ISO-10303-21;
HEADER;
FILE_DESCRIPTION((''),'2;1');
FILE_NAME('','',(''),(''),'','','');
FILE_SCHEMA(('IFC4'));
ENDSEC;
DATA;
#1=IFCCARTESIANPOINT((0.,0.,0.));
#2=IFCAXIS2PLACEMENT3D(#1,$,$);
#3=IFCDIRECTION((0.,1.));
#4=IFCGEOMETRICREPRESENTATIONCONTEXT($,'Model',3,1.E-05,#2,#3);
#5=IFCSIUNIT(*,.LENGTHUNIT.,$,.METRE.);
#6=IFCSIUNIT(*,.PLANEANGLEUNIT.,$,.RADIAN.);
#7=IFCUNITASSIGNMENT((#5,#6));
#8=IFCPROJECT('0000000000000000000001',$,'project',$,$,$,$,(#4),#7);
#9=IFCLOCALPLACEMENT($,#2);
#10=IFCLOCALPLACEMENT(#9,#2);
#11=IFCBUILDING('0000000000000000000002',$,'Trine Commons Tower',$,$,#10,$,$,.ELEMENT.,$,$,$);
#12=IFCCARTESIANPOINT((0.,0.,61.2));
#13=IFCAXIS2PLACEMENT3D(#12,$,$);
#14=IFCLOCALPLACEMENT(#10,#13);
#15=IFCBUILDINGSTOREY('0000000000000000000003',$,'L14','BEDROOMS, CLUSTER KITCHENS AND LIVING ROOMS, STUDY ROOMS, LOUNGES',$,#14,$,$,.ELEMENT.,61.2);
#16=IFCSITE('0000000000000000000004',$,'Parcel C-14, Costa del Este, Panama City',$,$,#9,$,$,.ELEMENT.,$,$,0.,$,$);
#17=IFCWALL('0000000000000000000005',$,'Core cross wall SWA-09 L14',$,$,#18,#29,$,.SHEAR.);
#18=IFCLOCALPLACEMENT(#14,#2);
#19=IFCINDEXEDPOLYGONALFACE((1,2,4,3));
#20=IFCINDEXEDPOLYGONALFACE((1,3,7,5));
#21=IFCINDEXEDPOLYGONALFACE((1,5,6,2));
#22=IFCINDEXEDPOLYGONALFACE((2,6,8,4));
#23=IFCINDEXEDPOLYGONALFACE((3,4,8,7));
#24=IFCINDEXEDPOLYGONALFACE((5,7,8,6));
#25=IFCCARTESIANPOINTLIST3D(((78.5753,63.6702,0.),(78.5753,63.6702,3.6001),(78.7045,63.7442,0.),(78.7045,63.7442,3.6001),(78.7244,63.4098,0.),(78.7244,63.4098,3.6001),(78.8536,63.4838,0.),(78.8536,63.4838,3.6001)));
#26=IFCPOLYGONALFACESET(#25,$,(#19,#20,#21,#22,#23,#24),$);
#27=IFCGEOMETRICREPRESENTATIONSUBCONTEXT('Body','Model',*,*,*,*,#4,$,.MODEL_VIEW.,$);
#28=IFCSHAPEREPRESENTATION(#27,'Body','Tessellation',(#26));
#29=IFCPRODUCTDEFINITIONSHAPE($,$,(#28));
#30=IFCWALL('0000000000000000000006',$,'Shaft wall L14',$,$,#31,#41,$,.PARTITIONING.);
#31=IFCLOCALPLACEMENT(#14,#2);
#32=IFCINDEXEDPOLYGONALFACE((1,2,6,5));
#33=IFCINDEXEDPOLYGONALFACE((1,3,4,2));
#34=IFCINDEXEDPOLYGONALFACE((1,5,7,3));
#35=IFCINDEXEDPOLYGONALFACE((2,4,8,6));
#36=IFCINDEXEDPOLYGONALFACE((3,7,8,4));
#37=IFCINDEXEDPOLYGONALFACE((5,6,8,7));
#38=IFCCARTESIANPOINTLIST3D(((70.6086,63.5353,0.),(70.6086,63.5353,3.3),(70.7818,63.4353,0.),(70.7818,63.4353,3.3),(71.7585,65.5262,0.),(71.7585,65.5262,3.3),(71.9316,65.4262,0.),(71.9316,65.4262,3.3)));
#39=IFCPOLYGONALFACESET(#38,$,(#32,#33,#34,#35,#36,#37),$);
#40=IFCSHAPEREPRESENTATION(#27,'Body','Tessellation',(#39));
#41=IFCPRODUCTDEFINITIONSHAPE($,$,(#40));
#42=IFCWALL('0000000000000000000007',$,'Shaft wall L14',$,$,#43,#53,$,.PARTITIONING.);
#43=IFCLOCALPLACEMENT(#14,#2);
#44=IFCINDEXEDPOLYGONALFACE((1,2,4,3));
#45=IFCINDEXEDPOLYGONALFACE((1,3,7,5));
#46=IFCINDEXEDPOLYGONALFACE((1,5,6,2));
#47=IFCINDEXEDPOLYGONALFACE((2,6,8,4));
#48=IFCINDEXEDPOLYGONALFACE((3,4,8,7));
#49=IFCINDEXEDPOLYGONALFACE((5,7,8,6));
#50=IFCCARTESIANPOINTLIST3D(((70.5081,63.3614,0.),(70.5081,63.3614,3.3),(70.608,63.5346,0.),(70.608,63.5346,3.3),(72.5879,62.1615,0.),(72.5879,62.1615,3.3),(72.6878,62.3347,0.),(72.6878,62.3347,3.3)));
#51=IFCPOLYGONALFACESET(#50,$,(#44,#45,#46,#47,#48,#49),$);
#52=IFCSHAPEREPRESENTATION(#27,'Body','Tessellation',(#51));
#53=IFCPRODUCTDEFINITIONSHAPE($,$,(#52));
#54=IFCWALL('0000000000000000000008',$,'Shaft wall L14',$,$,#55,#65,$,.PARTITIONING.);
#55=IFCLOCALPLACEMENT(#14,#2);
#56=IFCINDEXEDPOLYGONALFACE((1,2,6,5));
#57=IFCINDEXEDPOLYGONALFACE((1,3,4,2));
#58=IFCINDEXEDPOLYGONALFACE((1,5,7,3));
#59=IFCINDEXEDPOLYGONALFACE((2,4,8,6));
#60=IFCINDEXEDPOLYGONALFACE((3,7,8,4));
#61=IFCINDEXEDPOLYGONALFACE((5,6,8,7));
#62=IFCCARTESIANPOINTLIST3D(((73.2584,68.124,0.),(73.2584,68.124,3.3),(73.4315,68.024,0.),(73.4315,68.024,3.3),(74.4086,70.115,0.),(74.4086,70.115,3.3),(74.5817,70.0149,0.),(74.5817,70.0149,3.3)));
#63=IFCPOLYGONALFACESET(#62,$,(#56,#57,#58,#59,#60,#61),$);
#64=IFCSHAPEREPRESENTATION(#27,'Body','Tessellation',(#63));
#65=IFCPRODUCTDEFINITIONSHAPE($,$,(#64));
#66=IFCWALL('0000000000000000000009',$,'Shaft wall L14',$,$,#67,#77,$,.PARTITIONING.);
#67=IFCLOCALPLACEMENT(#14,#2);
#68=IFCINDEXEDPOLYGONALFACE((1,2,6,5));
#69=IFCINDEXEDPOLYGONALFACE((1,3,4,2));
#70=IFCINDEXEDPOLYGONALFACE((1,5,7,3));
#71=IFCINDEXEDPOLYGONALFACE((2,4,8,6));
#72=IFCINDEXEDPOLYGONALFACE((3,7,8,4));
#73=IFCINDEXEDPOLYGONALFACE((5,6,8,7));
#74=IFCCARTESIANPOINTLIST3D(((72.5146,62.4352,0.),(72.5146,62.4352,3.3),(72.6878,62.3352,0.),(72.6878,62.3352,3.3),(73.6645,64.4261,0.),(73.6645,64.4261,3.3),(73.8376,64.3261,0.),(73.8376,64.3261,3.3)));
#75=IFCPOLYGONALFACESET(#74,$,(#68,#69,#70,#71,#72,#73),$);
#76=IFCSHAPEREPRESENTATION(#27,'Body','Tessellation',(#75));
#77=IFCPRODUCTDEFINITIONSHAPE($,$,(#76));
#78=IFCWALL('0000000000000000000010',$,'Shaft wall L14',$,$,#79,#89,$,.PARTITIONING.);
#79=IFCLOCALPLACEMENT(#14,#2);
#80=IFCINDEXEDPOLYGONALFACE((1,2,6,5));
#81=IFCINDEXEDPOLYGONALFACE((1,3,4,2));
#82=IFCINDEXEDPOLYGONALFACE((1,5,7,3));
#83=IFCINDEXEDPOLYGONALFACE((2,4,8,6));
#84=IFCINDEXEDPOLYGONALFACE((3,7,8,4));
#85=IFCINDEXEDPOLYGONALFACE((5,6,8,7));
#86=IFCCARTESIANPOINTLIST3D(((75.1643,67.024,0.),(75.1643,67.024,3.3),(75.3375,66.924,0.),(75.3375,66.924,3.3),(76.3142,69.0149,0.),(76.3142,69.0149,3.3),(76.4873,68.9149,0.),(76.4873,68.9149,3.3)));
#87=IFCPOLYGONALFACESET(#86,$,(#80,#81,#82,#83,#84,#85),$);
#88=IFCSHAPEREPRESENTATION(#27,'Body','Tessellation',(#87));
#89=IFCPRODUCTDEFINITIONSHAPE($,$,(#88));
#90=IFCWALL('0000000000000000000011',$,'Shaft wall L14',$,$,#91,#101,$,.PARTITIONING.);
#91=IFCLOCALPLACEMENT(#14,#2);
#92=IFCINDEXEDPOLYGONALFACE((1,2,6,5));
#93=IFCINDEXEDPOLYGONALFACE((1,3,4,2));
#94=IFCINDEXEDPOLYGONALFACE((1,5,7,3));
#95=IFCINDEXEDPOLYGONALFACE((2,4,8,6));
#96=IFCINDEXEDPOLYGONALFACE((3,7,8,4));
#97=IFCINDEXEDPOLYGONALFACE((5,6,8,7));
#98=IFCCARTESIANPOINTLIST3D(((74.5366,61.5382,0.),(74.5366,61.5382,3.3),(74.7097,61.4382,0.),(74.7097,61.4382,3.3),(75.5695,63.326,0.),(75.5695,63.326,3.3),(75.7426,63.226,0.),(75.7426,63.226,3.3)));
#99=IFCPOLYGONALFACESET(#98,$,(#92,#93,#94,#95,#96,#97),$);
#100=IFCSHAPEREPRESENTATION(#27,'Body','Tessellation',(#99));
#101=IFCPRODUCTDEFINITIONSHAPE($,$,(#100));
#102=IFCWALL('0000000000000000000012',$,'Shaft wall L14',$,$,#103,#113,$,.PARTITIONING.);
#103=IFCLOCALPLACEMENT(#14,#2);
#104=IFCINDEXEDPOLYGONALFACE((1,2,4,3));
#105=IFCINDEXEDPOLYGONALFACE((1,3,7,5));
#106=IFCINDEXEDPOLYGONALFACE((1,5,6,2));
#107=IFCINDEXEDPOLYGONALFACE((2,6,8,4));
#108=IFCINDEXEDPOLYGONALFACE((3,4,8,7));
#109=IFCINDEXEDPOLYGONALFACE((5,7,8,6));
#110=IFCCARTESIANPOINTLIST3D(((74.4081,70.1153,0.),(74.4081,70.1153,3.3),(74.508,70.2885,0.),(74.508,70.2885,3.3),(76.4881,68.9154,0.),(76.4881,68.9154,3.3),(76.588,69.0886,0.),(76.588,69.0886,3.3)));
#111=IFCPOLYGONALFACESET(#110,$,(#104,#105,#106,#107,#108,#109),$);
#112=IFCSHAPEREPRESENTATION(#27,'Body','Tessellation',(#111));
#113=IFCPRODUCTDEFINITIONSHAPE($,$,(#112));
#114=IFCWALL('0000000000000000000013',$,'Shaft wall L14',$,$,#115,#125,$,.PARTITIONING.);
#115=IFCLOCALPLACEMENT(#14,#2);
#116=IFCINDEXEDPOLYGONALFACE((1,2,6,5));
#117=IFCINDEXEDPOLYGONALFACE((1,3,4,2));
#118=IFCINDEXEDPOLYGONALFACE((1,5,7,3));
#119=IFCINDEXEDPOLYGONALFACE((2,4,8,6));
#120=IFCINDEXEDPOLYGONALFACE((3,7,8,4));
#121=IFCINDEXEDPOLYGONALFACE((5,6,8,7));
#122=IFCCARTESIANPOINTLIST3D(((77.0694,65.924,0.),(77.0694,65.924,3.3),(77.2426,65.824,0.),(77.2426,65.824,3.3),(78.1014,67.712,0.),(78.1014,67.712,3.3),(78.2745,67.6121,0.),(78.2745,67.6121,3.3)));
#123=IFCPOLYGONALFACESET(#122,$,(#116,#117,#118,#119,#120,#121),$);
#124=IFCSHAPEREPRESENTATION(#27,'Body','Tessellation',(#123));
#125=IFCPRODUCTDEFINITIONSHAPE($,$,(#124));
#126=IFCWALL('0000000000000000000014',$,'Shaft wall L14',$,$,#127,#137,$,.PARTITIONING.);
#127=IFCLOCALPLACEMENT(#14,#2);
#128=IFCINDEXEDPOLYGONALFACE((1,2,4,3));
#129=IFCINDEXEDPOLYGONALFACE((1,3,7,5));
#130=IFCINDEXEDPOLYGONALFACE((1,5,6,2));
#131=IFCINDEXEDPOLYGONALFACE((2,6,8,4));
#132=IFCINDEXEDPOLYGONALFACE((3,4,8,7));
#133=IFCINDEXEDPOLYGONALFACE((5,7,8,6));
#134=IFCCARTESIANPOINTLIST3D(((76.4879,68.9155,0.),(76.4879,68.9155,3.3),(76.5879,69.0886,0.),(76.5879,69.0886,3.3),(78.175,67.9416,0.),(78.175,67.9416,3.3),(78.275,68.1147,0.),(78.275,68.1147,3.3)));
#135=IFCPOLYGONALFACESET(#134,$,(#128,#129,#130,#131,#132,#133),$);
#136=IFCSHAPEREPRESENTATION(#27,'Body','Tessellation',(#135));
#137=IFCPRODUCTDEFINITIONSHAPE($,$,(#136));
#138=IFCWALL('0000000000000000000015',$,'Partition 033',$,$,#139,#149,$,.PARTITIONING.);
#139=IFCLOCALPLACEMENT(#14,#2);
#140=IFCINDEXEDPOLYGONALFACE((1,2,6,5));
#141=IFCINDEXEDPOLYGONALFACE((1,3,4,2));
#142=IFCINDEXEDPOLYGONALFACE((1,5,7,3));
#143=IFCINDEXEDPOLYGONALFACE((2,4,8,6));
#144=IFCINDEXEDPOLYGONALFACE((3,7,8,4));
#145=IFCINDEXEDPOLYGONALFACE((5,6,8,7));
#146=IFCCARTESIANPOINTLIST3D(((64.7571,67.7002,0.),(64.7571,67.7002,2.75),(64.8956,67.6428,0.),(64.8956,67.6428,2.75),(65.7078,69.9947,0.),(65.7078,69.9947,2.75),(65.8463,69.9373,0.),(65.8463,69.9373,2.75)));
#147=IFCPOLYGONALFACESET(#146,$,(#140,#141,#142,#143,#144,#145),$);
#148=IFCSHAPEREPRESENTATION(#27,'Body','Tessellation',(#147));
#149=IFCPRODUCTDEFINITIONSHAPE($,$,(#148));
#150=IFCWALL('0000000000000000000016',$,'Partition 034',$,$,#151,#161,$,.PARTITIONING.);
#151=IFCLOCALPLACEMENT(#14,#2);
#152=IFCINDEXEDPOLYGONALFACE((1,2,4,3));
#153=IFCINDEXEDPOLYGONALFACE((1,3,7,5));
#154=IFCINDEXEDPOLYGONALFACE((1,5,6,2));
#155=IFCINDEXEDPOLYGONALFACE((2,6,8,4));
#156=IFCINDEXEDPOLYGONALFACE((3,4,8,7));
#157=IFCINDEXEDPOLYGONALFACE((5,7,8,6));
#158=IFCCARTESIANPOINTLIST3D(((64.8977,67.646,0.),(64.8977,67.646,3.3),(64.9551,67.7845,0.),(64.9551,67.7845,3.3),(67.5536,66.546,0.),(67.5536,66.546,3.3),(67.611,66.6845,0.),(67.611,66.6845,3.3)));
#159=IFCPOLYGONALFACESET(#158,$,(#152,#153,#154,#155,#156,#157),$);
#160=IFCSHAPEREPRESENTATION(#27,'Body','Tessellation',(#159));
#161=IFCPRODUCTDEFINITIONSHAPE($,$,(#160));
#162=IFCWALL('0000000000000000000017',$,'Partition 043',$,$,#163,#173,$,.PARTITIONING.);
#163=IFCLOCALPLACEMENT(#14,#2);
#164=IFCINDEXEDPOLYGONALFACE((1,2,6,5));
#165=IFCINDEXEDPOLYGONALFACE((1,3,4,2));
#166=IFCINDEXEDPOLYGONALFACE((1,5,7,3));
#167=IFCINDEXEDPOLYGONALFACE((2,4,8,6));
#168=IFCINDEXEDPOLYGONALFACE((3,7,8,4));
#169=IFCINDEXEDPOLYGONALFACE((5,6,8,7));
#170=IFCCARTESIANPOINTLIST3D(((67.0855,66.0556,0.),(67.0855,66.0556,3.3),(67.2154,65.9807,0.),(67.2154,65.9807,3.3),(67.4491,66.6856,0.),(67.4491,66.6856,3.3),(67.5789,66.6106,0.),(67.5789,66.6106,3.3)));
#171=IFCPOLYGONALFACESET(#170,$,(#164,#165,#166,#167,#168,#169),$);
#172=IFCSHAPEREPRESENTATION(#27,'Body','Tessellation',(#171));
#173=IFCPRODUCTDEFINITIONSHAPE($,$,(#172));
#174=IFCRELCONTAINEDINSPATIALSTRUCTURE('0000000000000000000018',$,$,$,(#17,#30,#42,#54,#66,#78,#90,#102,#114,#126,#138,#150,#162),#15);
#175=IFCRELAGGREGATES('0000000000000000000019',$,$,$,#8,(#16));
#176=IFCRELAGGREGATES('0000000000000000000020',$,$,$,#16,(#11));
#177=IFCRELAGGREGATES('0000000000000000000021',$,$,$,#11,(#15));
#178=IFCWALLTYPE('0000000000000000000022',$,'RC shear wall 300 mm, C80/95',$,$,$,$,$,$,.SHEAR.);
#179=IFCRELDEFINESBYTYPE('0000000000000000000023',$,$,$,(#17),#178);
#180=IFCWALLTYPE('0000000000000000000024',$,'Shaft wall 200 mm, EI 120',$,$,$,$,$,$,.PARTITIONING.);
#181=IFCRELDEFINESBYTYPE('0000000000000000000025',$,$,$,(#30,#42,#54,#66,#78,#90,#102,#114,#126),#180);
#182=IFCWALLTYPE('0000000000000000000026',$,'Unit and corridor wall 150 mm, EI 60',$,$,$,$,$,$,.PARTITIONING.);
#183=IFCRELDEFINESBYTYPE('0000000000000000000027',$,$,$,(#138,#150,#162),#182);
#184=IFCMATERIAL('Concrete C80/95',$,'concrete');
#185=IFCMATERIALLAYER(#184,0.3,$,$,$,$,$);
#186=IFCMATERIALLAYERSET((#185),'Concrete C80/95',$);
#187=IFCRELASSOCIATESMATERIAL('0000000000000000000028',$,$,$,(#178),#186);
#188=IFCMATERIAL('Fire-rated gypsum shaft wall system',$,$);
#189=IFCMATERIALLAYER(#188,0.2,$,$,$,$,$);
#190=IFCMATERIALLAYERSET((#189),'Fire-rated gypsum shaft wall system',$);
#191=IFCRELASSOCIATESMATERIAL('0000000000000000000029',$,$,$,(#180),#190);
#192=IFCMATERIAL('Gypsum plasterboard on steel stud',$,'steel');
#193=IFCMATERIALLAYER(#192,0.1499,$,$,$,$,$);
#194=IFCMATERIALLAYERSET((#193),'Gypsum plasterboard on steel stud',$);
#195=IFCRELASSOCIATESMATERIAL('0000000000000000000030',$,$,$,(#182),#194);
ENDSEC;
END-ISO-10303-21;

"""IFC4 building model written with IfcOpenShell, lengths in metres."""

from ifc_helpers import new_model, si_unit, direction, frame, frame_2d, origin, place, context, subcontext, project, spatial, rectangle, extrude, material, layer, layer_set, type_object, element, save


model = new_model("IFC4")

# Units and contexts
model_context = context("Model", 3, precision=1e-05, world=origin(), true_north=direction((0.0, 1.0)))
body_context = subcontext(model_context, "Body", "Model", "MODEL_VIEW")
ifc_project = project(units=[si_unit("LENGTHUNIT", "METRE"), si_unit("PLANEANGLEUNIT", "RADIAN")], contexts=[model_context])

# Site, building, storey
site_placement = place(None, origin())
site = spatial("IfcSite", under=ifc_project, at=site_placement, Name="Parcel C-14, Costa del Este, Panama City", CompositionType="ELEMENT", RefElevation=0.0)
building_placement = place(site_placement, origin())
building = spatial("IfcBuilding", under=site, at=building_placement, Name="Trine Commons Tower", CompositionType="ELEMENT")
storey_placement = place(building_placement, frame((0.0, 0.0, 61.2)))
storey = spatial("IfcBuildingStorey", under=building, at=storey_placement, Name="L14", Description="BEDROOMS, CLUSTER KITCHENS AND LIVING ROOMS, STUDY ROOMS, LOUNGES", CompositionType="ELEMENT", Elevation=61.2)

# Shared definitions
ifc_material_1 = material(Name="Fire-rated gypsum shaft wall system")
ifc_material_2 = material(Name="Concrete C80/95", Category="concrete")
ifc_layer_1 = layer(ifc_material_2, 0.3)
ifc_layer_set_1 = layer_set([ifc_layer_1], Name="Concrete C80/95")
wall_type_1 = type_object("IfcWallType", Name="RC shear wall 300 mm, C80/95", PredefinedType="SHEAR", material=ifc_layer_set_1)

# Walls
wall_1_placement = place(storey_placement, frame((78.7791, 63.614, 0.0), z_axis=(0.0, 0.0, 1.0), x_axis=(-0.867738, -0.497022, 0.0)))
element("IfcWall", 1, at=wall_1_placement, inside=storey, type_object=wall_type_1, Name="Core cross wall SWA-09 L14", PredefinedType="SHEAR", context=body_context, shape_type="SweptSolid", body=[
    extrude(rectangle(XDim=0.1489, YDim=0.3, at=frame_2d((0.0745, 0.0))), origin(), (0.0, 0.0, 1.0), 3.6001),
])
ifc_layer_2 = layer(ifc_material_1, 0.2)
ifc_layer_set_2 = layer_set([ifc_layer_2], Name="Fire-rated gypsum shaft wall system")
wall_type_2 = type_object("IfcWallType", Name="Shaft wall 200 mm, EI 120", PredefinedType="PARTITIONING", material=ifc_layer_set_2)
wall_2_placement = place(storey_placement, frame((71.845, 65.4761, 0.0), z_axis=(0.0, 0.0, 1.0), x_axis=(-0.500136, -0.865947, 0.0)))
element("IfcWall", 2, at=wall_2_placement, inside=storey, type_object=wall_type_2, Name="Shaft wall L14", PredefinedType="PARTITIONING", context=body_context, shape_type="SweptSolid", body=[
    extrude(rectangle(XDim=2.2991, YDim=0.2, at=frame_2d((1.1494, 0.0))), origin(), (0.0, 0.0, 1.0), 3.3),
])
wall_3_placement = place(storey_placement, frame((72.6379, 62.248, 0.0), z_axis=(0.0, 0.0, 1.0), x_axis=(-0.866177, 0.499737, 0.0)))
element("IfcWall", 3, at=wall_3_placement, inside=storey, type_object=wall_type_2, Name="Shaft wall L14", PredefinedType="PARTITIONING", context=body_context, shape_type="SweptSolid", body=[
    extrude(rectangle(XDim=2.4011, YDim=0.2, at=frame_2d((1.2007, 0.0))), origin(), (0.0, 0.0, 1.0), 3.3),
])
wall_4_placement = place(storey_placement, frame((73.345, 68.074, 0.0), z_axis=(0.0, 0.0, 1.0), x_axis=(0.500216, 0.865901, 0.0)))
element("IfcWall", 4, at=wall_4_placement, inside=storey, type_object=wall_type_2, Name="Shaft wall L14", PredefinedType="PARTITIONING", context=body_context, shape_type="SweptSolid", body=[
    extrude(rectangle(XDim=2.2993, YDim=0.2, at=frame_2d((1.1497, 0.0))), origin(), (0.0, 0.0, 1.0), 3.3),
])
for number, where, z_axis, x_axis, name in (
    (5, (73.751, 64.376, 0.0), (0.0, 0.0, 1.0), (-0.500136, -0.865947, 0.0), "Shaft wall L14"),
    (6, (75.251, 66.9741, 0.0), (0.0, 0.0, 1.0), (0.500136, 0.865947, 0.0), "Shaft wall L14"),
):
    element("IfcWall", number, at=place(storey_placement, frame(where, z_axis=z_axis, x_axis=x_axis)), inside=storey, type_object=wall_type_2, Name=name, PredefinedType="PARTITIONING", context=body_context, shape_type="SweptSolid", body=[
        extrude(rectangle(XDim=2.2991, YDim=0.2, at=frame_2d((1.1494, 0.0))), origin(), (0.0, 0.0, 1.0), 3.3),
    ])
wall_5_placement = place(storey_placement, frame((75.656, 63.2759, 0.0), z_axis=(0.0, 0.0, 1.0), x_axis=(-0.500272, -0.865868, 0.0)))
element("IfcWall", 7, at=wall_5_placement, inside=storey, type_object=wall_type_2, Name="Shaft wall L14", PredefinedType="PARTITIONING", context=body_context, shape_type="SweptSolid", body=[
    extrude(rectangle(XDim=2.0647, YDim=0.2, at=frame_2d((1.0322, 0.0))), origin(), (0.0, 0.0, 1.0), 3.3),
])
wall_6_placement = place(storey_placement, frame((76.5381, 69.002, 0.0), z_axis=(0.0, 0.0, 1.0), x_axis=(-0.866203, 0.499693, 0.0)))
element("IfcWall", 8, at=wall_6_placement, inside=storey, type_object=wall_type_2, Name="Shaft wall L14", PredefinedType="PARTITIONING", context=body_context, shape_type="SweptSolid", body=[
    extrude(rectangle(XDim=2.4014, YDim=0.2, at=frame_2d((1.2007, 0.0))), origin(), (0.0, 0.0, 1.0), 3.3),
])
wall_7_placement = place(storey_placement, frame((77.156, 65.874, 0.0), z_axis=(0.0, 0.0, 1.0), x_axis=(0.499866, 0.866103, 0.0)))
element("IfcWall", 9, at=wall_7_placement, inside=storey, type_object=wall_type_2, Name="Shaft wall L14", PredefinedType="PARTITIONING", context=body_context, shape_type="SweptSolid", body=[
    extrude(rectangle(XDim=2.0645, YDim=0.2, at=frame_2d((1.0322, 0.0))), origin(), (0.0, 0.0, 1.0), 3.3),
])
wall_8_placement = place(storey_placement, frame((78.2251, 68.0281, 0.0), z_axis=(0.0, 0.0, 1.0), x_axis=(-0.866052, 0.499954, 0.0)))
element("IfcWall", 10, at=wall_8_placement, inside=storey, type_object=wall_type_2, Name="Shaft wall L14", PredefinedType="PARTITIONING", context=body_context, shape_type="SweptSolid", body=[
    extrude(rectangle(XDim=1.948, YDim=0.2, at=frame_2d((0.9741, 0.0))), origin(), (0.0, 0.0, 1.0), 3.3),
])
ifc_material_3 = material(Name="Gypsum plasterboard on steel stud", Category="steel")
ifc_layer_3 = layer(ifc_material_3, 0.1499)
ifc_layer_set_3 = layer_set([ifc_layer_3], Name="Gypsum plasterboard on steel stud")
wall_type_3 = type_object("IfcWallType", Name="Unit and corridor wall 150 mm, EI 60", PredefinedType="PARTITIONING", material=ifc_layer_set_3)
wall_9_placement = place(storey_placement, frame((64.8264, 67.6716, 0.0), z_axis=(0.0, 0.0, 1.0), x_axis=(0.382786, 0.923837, 0.0)))
element("IfcWall", 11, at=wall_9_placement, inside=storey, type_object=wall_type_3, Name="Partition 033", PredefinedType="PARTITIONING", context=body_context, shape_type="SweptSolid", body=[
    extrude(rectangle(XDim=2.4836, YDim=0.1499, at=frame_2d((1.2417, 0.0))), origin(), (0.0, 0.0, 1.0), 2.75),
])
wall_10_placement = place(storey_placement, frame((64.9263, 67.7153, 0.0), z_axis=(0.0, 0.0, 1.0), x_axis=(0.923886, -0.382667, 0.0)))
element("IfcWall", 12, at=wall_10_placement, inside=storey, type_object=wall_type_3, Name="Partition 034", PredefinedType="PARTITIONING", context=body_context, shape_type="SweptSolid", body=[
    extrude(rectangle(XDim=2.8748, YDim=0.1499, at=frame_2d((1.4375, 0.0))), origin(), (0.0, 0.0, 1.0), 3.3),
])
wall_11_placement = place(storey_placement, frame((67.1504, 66.0181, 0.0), z_axis=(0.0, 0.0, 1.0), x_axis=(0.499858, 0.866107, 0.0)))
element("IfcWall", 13, at=wall_11_placement, inside=storey, type_object=wall_type_3, Name="Partition 043", PredefinedType="PARTITIONING", context=body_context, shape_type="SweptSolid", body=[
    extrude(rectangle(XDim=0.7273, YDim=0.1499, at=frame_2d((0.3638, 0.0))), origin(), (0.0, 0.0, 1.0), 3.3),
])

save(model, "model.ifc")
